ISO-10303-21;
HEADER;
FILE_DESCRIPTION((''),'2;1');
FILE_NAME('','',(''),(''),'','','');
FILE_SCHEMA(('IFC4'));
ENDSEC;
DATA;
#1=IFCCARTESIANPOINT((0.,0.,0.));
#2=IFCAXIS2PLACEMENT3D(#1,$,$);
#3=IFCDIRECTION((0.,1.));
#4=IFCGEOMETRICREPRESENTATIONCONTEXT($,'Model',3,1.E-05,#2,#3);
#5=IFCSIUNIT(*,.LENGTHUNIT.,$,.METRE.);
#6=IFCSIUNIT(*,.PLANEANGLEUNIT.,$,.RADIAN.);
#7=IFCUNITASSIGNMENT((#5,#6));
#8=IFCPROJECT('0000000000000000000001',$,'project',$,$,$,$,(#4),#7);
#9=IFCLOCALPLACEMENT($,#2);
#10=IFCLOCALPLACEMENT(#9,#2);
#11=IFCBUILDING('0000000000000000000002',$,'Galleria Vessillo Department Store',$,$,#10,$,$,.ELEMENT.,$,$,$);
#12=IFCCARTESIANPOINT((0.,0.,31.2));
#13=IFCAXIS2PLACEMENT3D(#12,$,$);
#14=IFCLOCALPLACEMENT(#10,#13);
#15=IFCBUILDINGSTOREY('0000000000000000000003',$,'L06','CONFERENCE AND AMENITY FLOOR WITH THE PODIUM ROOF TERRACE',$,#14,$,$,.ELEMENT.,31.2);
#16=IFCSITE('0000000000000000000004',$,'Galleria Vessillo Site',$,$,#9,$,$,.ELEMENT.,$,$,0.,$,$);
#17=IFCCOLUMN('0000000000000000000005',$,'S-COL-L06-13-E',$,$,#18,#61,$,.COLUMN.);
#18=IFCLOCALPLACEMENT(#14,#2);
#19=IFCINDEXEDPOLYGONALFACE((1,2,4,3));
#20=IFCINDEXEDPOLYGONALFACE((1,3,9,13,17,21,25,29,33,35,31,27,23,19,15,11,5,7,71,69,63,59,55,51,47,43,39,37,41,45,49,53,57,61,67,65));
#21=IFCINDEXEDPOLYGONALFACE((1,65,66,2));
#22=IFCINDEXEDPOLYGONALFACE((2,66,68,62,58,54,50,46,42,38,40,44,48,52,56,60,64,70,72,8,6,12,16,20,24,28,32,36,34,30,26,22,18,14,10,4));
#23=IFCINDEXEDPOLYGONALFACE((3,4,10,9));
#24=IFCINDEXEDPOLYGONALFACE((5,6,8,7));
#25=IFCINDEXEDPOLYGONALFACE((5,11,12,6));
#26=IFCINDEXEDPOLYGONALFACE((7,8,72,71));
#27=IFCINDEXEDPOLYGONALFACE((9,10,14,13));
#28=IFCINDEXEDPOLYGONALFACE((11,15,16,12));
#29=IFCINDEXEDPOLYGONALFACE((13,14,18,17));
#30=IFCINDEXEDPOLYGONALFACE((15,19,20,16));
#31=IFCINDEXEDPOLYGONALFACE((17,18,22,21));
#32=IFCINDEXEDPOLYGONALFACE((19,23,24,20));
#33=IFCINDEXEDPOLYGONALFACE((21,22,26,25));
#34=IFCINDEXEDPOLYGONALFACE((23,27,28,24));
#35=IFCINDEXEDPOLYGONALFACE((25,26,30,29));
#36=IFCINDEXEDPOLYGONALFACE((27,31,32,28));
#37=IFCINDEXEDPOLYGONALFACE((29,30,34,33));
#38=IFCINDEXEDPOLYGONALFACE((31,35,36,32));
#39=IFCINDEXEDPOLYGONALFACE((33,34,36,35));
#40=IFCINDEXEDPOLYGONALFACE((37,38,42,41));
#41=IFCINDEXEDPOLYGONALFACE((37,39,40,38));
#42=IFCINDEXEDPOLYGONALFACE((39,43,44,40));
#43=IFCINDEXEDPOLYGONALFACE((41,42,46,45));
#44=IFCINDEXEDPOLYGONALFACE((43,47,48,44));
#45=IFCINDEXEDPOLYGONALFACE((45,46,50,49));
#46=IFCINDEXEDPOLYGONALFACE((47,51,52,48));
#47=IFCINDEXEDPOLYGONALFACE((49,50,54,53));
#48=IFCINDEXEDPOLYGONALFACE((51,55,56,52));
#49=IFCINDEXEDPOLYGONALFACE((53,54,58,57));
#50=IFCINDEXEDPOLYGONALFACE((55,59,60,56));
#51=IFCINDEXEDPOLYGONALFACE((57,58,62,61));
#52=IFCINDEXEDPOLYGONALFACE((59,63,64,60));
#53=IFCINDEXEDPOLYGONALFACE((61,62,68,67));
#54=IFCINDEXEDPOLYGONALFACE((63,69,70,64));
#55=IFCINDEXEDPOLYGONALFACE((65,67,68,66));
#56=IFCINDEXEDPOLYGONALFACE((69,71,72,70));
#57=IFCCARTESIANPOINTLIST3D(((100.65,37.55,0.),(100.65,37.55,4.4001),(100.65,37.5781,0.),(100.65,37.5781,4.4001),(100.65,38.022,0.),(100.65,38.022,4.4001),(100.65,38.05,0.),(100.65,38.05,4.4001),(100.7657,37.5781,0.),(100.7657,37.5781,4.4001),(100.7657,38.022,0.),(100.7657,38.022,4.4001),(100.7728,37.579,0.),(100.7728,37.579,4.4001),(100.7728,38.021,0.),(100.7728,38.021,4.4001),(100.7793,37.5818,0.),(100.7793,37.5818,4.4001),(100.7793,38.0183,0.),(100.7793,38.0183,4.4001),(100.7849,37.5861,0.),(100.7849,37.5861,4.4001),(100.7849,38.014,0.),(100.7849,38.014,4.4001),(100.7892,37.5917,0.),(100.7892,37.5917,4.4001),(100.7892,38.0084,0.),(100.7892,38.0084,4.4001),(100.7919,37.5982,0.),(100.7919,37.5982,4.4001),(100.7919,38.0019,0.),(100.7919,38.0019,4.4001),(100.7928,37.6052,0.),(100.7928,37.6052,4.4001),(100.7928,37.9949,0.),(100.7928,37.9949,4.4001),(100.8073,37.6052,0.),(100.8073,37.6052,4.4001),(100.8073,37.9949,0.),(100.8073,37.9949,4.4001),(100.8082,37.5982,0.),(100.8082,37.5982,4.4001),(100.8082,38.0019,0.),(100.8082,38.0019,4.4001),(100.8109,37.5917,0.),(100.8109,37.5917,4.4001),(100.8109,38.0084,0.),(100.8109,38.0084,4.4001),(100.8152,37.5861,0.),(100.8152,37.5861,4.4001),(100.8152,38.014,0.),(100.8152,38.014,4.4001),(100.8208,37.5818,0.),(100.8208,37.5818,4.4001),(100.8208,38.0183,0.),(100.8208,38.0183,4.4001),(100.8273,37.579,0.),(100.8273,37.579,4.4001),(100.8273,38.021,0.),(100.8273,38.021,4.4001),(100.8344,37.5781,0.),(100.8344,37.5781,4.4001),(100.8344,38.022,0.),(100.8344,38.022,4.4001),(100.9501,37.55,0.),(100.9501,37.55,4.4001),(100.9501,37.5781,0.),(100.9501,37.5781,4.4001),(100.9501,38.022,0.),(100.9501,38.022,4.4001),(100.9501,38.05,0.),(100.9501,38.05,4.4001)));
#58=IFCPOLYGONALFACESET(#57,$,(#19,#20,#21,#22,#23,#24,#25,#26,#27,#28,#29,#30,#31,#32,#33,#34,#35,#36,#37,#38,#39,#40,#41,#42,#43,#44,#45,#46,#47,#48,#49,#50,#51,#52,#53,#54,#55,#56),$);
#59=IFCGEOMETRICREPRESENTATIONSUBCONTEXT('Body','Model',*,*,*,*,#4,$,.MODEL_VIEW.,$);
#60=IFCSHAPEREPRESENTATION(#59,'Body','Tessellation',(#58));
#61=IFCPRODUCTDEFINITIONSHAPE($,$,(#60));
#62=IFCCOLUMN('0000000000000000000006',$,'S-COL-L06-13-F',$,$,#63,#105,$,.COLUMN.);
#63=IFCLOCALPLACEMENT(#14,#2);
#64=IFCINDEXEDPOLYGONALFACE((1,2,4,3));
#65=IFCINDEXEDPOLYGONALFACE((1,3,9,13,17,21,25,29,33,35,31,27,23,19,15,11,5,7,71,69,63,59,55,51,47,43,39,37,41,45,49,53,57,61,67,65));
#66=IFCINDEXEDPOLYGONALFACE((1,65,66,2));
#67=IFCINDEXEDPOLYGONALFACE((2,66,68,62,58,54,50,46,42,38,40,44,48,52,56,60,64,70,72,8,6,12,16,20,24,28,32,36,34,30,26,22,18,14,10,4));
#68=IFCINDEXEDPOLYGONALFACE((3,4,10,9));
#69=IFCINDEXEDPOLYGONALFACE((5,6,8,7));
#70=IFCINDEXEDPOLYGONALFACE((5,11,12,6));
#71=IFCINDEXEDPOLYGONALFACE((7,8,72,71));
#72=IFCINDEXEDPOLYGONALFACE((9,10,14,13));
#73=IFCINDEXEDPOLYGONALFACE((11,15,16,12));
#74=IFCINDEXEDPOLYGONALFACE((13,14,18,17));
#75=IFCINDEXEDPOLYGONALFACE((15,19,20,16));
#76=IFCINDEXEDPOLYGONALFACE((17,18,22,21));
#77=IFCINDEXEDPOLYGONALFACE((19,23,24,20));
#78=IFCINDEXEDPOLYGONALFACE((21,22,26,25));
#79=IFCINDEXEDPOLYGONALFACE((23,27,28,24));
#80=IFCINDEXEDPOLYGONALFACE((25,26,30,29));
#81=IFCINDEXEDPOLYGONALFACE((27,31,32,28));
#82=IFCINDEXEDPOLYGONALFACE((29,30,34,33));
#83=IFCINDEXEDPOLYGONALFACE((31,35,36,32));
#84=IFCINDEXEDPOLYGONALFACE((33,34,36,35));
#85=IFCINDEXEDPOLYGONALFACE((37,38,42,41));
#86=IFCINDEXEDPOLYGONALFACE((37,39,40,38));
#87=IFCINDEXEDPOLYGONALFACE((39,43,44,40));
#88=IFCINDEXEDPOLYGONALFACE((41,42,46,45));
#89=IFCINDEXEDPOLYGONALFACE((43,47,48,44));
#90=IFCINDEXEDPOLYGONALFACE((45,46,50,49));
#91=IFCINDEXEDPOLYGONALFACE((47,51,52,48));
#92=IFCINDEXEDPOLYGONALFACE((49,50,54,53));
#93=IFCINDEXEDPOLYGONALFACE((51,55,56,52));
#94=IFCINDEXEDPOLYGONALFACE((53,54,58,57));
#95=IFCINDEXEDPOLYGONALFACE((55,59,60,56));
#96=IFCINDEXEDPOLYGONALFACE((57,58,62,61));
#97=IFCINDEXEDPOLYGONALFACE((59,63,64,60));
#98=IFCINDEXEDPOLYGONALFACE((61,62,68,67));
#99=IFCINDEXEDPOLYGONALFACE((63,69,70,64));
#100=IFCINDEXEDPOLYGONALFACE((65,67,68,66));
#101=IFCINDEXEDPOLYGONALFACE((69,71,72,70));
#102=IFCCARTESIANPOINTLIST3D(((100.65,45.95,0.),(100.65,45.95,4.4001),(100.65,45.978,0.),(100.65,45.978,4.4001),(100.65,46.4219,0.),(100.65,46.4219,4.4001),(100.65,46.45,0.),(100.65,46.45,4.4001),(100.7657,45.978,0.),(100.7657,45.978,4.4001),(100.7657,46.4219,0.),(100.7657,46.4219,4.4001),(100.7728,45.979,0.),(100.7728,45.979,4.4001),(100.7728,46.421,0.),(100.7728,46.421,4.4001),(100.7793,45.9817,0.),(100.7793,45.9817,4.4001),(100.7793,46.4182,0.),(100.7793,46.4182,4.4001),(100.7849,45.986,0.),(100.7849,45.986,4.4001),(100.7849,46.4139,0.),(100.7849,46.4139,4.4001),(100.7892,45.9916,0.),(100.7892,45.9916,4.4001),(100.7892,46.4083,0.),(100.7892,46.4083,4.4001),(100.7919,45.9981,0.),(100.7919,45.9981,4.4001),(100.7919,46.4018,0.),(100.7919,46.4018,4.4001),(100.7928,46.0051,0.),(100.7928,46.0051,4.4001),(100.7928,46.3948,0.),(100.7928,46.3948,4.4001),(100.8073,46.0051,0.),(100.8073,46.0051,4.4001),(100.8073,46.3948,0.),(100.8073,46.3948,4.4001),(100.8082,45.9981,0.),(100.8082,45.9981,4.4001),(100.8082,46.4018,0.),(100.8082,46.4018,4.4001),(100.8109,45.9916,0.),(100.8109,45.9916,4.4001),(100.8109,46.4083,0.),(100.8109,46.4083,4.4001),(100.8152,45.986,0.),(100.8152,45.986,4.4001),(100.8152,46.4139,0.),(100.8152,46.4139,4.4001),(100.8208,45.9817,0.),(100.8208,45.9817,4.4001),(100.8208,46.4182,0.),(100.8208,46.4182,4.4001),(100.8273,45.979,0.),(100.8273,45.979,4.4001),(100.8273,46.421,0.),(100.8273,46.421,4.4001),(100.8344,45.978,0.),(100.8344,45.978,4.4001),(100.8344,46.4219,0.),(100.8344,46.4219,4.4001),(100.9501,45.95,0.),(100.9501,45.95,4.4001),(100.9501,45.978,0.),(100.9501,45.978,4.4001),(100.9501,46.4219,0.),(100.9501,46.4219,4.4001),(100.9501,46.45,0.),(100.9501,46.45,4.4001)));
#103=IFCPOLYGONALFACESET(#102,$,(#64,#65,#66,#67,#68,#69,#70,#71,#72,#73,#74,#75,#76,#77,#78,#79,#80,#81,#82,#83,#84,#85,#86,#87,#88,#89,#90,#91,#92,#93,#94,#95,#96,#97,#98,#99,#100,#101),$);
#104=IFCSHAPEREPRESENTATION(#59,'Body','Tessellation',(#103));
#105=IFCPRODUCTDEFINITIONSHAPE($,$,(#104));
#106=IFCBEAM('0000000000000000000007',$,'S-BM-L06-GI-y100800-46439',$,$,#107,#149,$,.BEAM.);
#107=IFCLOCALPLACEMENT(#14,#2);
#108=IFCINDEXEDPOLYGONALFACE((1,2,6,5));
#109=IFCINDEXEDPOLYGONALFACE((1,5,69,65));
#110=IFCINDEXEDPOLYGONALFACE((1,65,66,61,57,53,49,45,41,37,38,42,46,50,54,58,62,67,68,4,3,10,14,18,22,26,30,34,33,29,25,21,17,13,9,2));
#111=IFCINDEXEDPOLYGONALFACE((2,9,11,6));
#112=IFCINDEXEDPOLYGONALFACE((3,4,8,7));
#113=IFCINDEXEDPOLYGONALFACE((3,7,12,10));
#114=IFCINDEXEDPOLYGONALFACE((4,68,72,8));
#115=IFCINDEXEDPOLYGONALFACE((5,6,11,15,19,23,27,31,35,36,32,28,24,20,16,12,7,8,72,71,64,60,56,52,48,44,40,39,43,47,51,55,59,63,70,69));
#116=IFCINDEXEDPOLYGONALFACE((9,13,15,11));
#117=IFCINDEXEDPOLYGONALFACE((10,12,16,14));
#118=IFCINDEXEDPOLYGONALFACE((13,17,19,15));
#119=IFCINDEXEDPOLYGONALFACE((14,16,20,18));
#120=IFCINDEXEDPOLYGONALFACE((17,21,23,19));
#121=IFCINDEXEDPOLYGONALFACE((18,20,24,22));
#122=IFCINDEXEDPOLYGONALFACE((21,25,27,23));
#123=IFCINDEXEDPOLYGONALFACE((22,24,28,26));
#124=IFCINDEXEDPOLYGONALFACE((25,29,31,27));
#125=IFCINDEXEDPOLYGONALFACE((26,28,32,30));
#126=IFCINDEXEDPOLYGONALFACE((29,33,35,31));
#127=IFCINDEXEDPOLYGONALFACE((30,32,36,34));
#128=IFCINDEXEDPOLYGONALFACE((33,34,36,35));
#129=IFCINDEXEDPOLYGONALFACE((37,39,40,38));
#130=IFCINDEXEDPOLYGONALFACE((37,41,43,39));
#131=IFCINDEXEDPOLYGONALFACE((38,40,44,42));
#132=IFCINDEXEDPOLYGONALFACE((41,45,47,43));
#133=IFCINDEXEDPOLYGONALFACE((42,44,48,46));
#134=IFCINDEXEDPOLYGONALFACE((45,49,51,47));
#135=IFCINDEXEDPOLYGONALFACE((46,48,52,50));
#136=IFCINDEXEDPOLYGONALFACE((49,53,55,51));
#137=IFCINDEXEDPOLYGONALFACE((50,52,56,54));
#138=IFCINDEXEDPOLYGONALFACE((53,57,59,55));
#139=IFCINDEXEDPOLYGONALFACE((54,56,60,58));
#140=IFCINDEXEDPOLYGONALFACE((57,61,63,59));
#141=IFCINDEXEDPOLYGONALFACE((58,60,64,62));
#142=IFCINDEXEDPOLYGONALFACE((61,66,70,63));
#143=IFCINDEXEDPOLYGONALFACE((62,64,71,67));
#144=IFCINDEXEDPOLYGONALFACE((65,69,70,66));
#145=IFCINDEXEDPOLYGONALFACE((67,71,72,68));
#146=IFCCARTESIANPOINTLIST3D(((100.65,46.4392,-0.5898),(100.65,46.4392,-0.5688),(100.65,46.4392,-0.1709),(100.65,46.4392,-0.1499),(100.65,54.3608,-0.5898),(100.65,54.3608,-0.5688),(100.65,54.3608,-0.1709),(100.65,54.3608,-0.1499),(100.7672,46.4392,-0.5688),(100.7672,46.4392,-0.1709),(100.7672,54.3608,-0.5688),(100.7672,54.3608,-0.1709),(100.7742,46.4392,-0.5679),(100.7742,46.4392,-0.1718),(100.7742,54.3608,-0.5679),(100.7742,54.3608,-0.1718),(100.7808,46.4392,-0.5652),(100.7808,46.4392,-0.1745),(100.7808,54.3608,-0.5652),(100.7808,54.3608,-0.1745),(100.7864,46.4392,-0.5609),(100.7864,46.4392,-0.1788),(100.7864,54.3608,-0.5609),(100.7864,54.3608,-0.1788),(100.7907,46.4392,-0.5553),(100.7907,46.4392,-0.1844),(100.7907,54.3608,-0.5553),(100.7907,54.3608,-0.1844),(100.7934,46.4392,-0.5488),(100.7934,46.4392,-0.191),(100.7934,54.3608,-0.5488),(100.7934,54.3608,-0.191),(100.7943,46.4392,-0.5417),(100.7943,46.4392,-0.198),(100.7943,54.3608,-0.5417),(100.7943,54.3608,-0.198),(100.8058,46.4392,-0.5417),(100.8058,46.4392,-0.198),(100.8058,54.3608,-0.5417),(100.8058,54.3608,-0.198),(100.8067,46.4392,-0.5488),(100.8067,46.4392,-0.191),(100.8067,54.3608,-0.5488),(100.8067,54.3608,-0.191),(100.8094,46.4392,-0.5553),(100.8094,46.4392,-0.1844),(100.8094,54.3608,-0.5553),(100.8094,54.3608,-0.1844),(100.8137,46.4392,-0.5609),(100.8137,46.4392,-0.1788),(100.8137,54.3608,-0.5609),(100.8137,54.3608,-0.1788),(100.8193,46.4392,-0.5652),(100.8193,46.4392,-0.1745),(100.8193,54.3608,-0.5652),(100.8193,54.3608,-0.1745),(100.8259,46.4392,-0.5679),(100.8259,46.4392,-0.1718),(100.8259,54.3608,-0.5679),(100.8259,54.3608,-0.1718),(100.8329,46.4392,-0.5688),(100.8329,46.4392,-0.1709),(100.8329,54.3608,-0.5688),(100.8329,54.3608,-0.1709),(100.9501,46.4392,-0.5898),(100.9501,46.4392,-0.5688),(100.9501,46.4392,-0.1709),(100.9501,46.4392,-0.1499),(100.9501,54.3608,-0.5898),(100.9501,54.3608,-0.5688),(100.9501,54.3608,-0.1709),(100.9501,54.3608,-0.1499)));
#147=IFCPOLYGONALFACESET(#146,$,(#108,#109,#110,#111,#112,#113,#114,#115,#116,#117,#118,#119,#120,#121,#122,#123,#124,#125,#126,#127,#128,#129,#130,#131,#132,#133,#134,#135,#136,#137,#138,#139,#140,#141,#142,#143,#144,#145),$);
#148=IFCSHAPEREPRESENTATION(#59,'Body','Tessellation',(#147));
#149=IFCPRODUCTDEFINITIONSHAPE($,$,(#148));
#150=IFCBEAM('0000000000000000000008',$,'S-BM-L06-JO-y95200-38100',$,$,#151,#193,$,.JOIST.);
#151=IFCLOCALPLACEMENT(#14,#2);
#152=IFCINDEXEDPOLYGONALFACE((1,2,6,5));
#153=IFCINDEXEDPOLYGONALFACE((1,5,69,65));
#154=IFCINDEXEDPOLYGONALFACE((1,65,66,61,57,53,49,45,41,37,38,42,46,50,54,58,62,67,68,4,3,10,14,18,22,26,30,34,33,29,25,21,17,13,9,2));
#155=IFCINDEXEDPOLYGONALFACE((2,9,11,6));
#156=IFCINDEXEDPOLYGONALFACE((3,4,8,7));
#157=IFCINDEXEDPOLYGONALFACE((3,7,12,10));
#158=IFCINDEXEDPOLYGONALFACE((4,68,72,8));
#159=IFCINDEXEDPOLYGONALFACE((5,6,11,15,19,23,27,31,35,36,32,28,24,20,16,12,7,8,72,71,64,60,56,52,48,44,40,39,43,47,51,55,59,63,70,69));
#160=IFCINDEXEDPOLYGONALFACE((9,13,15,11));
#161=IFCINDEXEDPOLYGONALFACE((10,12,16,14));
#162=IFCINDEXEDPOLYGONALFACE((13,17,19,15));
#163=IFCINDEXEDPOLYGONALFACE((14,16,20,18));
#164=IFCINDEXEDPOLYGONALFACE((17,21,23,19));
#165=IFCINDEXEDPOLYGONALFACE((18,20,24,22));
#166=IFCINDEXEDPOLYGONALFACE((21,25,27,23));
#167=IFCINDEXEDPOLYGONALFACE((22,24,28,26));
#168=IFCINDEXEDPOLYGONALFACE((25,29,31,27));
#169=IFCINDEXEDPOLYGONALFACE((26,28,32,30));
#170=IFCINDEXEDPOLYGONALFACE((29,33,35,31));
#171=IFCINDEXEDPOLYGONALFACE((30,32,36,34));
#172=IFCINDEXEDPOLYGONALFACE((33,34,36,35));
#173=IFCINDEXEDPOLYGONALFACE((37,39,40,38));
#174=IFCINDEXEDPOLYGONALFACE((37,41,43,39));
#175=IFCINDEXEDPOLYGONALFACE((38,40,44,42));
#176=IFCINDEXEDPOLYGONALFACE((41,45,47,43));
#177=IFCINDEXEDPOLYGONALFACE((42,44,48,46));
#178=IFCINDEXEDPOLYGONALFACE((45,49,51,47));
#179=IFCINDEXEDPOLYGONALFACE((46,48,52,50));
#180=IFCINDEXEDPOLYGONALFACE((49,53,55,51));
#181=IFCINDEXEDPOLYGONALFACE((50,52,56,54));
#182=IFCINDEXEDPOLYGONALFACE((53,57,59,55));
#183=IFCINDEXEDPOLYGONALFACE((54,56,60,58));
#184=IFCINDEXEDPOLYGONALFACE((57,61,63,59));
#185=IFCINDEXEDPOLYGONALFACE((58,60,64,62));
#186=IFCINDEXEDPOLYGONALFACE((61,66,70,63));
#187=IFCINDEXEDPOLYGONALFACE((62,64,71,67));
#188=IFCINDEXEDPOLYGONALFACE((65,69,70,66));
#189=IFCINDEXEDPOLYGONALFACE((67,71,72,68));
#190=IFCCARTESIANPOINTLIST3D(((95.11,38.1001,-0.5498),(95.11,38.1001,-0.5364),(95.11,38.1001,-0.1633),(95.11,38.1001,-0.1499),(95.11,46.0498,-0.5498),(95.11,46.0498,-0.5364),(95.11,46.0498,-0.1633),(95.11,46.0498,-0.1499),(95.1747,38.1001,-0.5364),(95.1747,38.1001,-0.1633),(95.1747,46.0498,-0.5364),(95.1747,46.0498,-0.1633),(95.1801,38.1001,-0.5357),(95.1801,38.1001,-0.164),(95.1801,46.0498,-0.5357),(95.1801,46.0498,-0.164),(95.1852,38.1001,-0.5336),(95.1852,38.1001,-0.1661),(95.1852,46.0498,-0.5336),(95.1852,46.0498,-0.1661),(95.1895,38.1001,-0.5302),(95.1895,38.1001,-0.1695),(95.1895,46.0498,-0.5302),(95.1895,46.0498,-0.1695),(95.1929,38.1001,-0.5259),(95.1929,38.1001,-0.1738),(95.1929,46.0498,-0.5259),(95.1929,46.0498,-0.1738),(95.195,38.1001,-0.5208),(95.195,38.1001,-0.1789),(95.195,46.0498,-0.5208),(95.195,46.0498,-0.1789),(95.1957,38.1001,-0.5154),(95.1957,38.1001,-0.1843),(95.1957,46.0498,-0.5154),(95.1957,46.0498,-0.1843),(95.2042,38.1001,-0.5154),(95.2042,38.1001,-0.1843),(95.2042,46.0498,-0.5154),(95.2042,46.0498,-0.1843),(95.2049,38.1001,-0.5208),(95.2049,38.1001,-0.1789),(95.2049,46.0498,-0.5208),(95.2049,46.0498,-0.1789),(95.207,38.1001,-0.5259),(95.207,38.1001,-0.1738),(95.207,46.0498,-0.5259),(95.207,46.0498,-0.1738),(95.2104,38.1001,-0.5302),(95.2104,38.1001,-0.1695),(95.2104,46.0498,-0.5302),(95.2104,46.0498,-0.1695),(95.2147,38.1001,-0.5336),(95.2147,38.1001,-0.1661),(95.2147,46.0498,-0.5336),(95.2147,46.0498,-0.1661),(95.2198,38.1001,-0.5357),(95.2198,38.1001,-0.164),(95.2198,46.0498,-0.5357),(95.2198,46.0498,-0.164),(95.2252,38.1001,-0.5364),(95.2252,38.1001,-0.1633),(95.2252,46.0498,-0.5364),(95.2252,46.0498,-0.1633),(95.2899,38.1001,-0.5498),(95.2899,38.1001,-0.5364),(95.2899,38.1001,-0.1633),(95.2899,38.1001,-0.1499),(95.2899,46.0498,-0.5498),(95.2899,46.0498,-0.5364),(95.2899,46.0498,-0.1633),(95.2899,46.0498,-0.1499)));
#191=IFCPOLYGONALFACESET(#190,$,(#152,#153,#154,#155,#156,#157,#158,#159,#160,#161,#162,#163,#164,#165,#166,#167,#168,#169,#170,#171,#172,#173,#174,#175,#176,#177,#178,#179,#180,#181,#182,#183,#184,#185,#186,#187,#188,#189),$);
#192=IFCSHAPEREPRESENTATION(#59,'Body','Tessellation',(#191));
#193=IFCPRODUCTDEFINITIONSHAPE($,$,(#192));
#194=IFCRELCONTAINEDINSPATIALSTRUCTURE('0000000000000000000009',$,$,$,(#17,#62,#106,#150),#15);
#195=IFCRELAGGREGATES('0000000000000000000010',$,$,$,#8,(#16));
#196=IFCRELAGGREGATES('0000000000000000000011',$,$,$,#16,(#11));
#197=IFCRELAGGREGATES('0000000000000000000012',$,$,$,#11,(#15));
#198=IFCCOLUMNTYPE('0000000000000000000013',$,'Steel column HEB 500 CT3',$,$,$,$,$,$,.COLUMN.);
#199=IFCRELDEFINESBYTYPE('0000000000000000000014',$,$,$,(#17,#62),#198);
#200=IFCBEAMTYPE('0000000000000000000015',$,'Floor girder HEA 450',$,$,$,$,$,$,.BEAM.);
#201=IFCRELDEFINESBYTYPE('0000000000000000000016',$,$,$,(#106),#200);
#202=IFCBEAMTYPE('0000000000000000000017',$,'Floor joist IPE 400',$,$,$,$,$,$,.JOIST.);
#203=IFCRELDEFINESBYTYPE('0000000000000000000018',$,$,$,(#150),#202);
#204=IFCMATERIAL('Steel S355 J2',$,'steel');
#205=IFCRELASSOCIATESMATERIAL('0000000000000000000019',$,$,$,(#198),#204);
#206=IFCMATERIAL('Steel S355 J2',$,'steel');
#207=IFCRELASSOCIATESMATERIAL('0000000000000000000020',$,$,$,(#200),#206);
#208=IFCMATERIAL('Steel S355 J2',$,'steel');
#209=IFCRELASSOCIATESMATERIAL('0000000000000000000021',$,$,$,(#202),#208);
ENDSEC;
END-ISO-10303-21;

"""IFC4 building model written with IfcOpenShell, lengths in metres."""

from ifc_helpers import new_model, si_unit, direction, frame, origin, origin_2d, place, context, subcontext, project, spatial, i_section, extrude, material, material_profile, profile_set, type_object, element, save


model = new_model("IFC4")

# Units and contexts
model_context = context("Model", 3, precision=1e-05, world=origin(), true_north=direction((0.0, 1.0)))
body_context = subcontext(model_context, "Body", "Model", "MODEL_VIEW")
ifc_project = project(units=[si_unit("LENGTHUNIT", "METRE"), si_unit("PLANEANGLEUNIT", "RADIAN")], contexts=[model_context])

# Site, building, storey
site_placement = place(None, origin())
site = spatial("IfcSite", under=ifc_project, at=site_placement, Name="Galleria Vessillo Site", CompositionType="ELEMENT", RefElevation=0.0)
building_placement = place(site_placement, origin())
building = spatial("IfcBuilding", under=site, at=building_placement, Name="Galleria Vessillo Department Store", CompositionType="ELEMENT")
storey_placement = place(building_placement, frame((0.0, 0.0, 31.2)))
storey = spatial("IfcBuildingStorey", under=building, at=storey_placement, Name="L06", Description="CONFERENCE AND AMENITY FLOOR WITH THE PODIUM ROOF TERRACE", CompositionType="ELEMENT", Elevation=31.2)

# Columns
ifc_material_1 = material(Name="Steel S355 J2", Category="steel")
ifc_material_profile_1 = material_profile(ifc_material_1, i_section(OverallWidth=0.3, OverallDepth=0.5, WebThickness=0.0144, FlangeThickness=0.0281, FilletRadius=0.0271, at=origin_2d()), Name="HEB 500")
ifc_profile_set_1 = profile_set([ifc_material_profile_1], Name="Steel S355 J2")
column_type = type_object("IfcColumnType", Name="Steel column HEB 500 CT3", PredefinedType="COLUMN", material=ifc_profile_set_1)
for number, where, z_axis, x_axis, name in (
    (1, (100.8, 37.8, 0.0), (0.0, 0.0, 1.0), (1.0, 0.0, 0.0), "S-COL-L06-13-E"),
    (2, (100.8, 46.2, 0.0), (0.0, 0.0, 1.0), (1.0, 0.0, 0.0), "S-COL-L06-13-F"),
):
    element("IfcColumn", number, at=place(storey_placement, frame(where, z_axis=z_axis, x_axis=x_axis)), inside=storey, type_object=column_type, Name=name, PredefinedType="COLUMN", context=body_context, shape_type="SweptSolid", body=[
        extrude(i_section(OverallWidth=0.3, OverallDepth=0.5, WebThickness=0.0144, FlangeThickness=0.0281, FilletRadius=0.0271, at=origin_2d()), origin(), (0.0, 0.0, 1.0), 4.4001),
    ])

# Beams
ifc_material_2 = material(Name="Steel S355 J2", Category="steel")
ifc_material_profile_2 = material_profile(ifc_material_2, i_section(OverallWidth=0.3, OverallDepth=0.4399, WebThickness=0.0115, FlangeThickness=0.021, FilletRadius=0.0271, at=origin_2d()), Name="HEA 450")
ifc_profile_set_2 = profile_set([ifc_material_profile_2], Name="Steel S355 J2")
beam_type_1 = type_object("IfcBeamType", Name="Floor girder HEA 450", PredefinedType="BEAM", material=ifc_profile_set_2)
beam_1_placement = place(storey_placement, frame((100.8, 46.4392, -0.3699), z_axis=(0.0, 1.0, 0.0), x_axis=(-1.0, 0.0, 0.0)))
element("IfcBeam", 3, at=beam_1_placement, inside=storey, type_object=beam_type_1, Name="S-BM-L06-GI-y100800-46439", PredefinedType="BEAM", context=body_context, shape_type="SweptSolid", body=[
    extrude(i_section(OverallWidth=0.3, OverallDepth=0.4399, WebThickness=0.0115, FlangeThickness=0.021, FilletRadius=0.0271, at=origin_2d()), origin(), (0.0, 0.0, 1.0), 7.9216),
])
ifc_material_3 = material(Name="Steel S355 J2", Category="steel")
ifc_material_profile_3 = material_profile(ifc_material_3, i_section(OverallWidth=0.1799, OverallDepth=0.3999, WebThickness=0.0085, FlangeThickness=0.0134, FilletRadius=0.021, at=origin_2d()), Name="IPE 400")
ifc_profile_set_3 = profile_set([ifc_material_profile_3], Name="Steel S355 J2")
beam_type_2 = type_object("IfcBeamType", Name="Floor joist IPE 400", PredefinedType="JOIST", material=ifc_profile_set_3)
for number, where, z_axis, x_axis, name in (
    (4, (95.2, 38.1001, -0.3499), (0.0, 1.0, 0.0), (-1.0, 0.0, 0.0), "S-BM-L06-JO-y95200-38100"),
):
    element("IfcBeam", number, at=place(storey_placement, frame(where, z_axis=z_axis, x_axis=x_axis)), inside=storey, type_object=beam_type_2, Name=name, PredefinedType="JOIST", context=body_context, shape_type="SweptSolid", body=[
        extrude(i_section(OverallWidth=0.1799, OverallDepth=0.3999, WebThickness=0.0085, FlangeThickness=0.0134, FilletRadius=0.021, at=origin_2d()), origin(), (0.0, 0.0, 1.0), 7.9497),
    ])

save(model, "model.ifc")
